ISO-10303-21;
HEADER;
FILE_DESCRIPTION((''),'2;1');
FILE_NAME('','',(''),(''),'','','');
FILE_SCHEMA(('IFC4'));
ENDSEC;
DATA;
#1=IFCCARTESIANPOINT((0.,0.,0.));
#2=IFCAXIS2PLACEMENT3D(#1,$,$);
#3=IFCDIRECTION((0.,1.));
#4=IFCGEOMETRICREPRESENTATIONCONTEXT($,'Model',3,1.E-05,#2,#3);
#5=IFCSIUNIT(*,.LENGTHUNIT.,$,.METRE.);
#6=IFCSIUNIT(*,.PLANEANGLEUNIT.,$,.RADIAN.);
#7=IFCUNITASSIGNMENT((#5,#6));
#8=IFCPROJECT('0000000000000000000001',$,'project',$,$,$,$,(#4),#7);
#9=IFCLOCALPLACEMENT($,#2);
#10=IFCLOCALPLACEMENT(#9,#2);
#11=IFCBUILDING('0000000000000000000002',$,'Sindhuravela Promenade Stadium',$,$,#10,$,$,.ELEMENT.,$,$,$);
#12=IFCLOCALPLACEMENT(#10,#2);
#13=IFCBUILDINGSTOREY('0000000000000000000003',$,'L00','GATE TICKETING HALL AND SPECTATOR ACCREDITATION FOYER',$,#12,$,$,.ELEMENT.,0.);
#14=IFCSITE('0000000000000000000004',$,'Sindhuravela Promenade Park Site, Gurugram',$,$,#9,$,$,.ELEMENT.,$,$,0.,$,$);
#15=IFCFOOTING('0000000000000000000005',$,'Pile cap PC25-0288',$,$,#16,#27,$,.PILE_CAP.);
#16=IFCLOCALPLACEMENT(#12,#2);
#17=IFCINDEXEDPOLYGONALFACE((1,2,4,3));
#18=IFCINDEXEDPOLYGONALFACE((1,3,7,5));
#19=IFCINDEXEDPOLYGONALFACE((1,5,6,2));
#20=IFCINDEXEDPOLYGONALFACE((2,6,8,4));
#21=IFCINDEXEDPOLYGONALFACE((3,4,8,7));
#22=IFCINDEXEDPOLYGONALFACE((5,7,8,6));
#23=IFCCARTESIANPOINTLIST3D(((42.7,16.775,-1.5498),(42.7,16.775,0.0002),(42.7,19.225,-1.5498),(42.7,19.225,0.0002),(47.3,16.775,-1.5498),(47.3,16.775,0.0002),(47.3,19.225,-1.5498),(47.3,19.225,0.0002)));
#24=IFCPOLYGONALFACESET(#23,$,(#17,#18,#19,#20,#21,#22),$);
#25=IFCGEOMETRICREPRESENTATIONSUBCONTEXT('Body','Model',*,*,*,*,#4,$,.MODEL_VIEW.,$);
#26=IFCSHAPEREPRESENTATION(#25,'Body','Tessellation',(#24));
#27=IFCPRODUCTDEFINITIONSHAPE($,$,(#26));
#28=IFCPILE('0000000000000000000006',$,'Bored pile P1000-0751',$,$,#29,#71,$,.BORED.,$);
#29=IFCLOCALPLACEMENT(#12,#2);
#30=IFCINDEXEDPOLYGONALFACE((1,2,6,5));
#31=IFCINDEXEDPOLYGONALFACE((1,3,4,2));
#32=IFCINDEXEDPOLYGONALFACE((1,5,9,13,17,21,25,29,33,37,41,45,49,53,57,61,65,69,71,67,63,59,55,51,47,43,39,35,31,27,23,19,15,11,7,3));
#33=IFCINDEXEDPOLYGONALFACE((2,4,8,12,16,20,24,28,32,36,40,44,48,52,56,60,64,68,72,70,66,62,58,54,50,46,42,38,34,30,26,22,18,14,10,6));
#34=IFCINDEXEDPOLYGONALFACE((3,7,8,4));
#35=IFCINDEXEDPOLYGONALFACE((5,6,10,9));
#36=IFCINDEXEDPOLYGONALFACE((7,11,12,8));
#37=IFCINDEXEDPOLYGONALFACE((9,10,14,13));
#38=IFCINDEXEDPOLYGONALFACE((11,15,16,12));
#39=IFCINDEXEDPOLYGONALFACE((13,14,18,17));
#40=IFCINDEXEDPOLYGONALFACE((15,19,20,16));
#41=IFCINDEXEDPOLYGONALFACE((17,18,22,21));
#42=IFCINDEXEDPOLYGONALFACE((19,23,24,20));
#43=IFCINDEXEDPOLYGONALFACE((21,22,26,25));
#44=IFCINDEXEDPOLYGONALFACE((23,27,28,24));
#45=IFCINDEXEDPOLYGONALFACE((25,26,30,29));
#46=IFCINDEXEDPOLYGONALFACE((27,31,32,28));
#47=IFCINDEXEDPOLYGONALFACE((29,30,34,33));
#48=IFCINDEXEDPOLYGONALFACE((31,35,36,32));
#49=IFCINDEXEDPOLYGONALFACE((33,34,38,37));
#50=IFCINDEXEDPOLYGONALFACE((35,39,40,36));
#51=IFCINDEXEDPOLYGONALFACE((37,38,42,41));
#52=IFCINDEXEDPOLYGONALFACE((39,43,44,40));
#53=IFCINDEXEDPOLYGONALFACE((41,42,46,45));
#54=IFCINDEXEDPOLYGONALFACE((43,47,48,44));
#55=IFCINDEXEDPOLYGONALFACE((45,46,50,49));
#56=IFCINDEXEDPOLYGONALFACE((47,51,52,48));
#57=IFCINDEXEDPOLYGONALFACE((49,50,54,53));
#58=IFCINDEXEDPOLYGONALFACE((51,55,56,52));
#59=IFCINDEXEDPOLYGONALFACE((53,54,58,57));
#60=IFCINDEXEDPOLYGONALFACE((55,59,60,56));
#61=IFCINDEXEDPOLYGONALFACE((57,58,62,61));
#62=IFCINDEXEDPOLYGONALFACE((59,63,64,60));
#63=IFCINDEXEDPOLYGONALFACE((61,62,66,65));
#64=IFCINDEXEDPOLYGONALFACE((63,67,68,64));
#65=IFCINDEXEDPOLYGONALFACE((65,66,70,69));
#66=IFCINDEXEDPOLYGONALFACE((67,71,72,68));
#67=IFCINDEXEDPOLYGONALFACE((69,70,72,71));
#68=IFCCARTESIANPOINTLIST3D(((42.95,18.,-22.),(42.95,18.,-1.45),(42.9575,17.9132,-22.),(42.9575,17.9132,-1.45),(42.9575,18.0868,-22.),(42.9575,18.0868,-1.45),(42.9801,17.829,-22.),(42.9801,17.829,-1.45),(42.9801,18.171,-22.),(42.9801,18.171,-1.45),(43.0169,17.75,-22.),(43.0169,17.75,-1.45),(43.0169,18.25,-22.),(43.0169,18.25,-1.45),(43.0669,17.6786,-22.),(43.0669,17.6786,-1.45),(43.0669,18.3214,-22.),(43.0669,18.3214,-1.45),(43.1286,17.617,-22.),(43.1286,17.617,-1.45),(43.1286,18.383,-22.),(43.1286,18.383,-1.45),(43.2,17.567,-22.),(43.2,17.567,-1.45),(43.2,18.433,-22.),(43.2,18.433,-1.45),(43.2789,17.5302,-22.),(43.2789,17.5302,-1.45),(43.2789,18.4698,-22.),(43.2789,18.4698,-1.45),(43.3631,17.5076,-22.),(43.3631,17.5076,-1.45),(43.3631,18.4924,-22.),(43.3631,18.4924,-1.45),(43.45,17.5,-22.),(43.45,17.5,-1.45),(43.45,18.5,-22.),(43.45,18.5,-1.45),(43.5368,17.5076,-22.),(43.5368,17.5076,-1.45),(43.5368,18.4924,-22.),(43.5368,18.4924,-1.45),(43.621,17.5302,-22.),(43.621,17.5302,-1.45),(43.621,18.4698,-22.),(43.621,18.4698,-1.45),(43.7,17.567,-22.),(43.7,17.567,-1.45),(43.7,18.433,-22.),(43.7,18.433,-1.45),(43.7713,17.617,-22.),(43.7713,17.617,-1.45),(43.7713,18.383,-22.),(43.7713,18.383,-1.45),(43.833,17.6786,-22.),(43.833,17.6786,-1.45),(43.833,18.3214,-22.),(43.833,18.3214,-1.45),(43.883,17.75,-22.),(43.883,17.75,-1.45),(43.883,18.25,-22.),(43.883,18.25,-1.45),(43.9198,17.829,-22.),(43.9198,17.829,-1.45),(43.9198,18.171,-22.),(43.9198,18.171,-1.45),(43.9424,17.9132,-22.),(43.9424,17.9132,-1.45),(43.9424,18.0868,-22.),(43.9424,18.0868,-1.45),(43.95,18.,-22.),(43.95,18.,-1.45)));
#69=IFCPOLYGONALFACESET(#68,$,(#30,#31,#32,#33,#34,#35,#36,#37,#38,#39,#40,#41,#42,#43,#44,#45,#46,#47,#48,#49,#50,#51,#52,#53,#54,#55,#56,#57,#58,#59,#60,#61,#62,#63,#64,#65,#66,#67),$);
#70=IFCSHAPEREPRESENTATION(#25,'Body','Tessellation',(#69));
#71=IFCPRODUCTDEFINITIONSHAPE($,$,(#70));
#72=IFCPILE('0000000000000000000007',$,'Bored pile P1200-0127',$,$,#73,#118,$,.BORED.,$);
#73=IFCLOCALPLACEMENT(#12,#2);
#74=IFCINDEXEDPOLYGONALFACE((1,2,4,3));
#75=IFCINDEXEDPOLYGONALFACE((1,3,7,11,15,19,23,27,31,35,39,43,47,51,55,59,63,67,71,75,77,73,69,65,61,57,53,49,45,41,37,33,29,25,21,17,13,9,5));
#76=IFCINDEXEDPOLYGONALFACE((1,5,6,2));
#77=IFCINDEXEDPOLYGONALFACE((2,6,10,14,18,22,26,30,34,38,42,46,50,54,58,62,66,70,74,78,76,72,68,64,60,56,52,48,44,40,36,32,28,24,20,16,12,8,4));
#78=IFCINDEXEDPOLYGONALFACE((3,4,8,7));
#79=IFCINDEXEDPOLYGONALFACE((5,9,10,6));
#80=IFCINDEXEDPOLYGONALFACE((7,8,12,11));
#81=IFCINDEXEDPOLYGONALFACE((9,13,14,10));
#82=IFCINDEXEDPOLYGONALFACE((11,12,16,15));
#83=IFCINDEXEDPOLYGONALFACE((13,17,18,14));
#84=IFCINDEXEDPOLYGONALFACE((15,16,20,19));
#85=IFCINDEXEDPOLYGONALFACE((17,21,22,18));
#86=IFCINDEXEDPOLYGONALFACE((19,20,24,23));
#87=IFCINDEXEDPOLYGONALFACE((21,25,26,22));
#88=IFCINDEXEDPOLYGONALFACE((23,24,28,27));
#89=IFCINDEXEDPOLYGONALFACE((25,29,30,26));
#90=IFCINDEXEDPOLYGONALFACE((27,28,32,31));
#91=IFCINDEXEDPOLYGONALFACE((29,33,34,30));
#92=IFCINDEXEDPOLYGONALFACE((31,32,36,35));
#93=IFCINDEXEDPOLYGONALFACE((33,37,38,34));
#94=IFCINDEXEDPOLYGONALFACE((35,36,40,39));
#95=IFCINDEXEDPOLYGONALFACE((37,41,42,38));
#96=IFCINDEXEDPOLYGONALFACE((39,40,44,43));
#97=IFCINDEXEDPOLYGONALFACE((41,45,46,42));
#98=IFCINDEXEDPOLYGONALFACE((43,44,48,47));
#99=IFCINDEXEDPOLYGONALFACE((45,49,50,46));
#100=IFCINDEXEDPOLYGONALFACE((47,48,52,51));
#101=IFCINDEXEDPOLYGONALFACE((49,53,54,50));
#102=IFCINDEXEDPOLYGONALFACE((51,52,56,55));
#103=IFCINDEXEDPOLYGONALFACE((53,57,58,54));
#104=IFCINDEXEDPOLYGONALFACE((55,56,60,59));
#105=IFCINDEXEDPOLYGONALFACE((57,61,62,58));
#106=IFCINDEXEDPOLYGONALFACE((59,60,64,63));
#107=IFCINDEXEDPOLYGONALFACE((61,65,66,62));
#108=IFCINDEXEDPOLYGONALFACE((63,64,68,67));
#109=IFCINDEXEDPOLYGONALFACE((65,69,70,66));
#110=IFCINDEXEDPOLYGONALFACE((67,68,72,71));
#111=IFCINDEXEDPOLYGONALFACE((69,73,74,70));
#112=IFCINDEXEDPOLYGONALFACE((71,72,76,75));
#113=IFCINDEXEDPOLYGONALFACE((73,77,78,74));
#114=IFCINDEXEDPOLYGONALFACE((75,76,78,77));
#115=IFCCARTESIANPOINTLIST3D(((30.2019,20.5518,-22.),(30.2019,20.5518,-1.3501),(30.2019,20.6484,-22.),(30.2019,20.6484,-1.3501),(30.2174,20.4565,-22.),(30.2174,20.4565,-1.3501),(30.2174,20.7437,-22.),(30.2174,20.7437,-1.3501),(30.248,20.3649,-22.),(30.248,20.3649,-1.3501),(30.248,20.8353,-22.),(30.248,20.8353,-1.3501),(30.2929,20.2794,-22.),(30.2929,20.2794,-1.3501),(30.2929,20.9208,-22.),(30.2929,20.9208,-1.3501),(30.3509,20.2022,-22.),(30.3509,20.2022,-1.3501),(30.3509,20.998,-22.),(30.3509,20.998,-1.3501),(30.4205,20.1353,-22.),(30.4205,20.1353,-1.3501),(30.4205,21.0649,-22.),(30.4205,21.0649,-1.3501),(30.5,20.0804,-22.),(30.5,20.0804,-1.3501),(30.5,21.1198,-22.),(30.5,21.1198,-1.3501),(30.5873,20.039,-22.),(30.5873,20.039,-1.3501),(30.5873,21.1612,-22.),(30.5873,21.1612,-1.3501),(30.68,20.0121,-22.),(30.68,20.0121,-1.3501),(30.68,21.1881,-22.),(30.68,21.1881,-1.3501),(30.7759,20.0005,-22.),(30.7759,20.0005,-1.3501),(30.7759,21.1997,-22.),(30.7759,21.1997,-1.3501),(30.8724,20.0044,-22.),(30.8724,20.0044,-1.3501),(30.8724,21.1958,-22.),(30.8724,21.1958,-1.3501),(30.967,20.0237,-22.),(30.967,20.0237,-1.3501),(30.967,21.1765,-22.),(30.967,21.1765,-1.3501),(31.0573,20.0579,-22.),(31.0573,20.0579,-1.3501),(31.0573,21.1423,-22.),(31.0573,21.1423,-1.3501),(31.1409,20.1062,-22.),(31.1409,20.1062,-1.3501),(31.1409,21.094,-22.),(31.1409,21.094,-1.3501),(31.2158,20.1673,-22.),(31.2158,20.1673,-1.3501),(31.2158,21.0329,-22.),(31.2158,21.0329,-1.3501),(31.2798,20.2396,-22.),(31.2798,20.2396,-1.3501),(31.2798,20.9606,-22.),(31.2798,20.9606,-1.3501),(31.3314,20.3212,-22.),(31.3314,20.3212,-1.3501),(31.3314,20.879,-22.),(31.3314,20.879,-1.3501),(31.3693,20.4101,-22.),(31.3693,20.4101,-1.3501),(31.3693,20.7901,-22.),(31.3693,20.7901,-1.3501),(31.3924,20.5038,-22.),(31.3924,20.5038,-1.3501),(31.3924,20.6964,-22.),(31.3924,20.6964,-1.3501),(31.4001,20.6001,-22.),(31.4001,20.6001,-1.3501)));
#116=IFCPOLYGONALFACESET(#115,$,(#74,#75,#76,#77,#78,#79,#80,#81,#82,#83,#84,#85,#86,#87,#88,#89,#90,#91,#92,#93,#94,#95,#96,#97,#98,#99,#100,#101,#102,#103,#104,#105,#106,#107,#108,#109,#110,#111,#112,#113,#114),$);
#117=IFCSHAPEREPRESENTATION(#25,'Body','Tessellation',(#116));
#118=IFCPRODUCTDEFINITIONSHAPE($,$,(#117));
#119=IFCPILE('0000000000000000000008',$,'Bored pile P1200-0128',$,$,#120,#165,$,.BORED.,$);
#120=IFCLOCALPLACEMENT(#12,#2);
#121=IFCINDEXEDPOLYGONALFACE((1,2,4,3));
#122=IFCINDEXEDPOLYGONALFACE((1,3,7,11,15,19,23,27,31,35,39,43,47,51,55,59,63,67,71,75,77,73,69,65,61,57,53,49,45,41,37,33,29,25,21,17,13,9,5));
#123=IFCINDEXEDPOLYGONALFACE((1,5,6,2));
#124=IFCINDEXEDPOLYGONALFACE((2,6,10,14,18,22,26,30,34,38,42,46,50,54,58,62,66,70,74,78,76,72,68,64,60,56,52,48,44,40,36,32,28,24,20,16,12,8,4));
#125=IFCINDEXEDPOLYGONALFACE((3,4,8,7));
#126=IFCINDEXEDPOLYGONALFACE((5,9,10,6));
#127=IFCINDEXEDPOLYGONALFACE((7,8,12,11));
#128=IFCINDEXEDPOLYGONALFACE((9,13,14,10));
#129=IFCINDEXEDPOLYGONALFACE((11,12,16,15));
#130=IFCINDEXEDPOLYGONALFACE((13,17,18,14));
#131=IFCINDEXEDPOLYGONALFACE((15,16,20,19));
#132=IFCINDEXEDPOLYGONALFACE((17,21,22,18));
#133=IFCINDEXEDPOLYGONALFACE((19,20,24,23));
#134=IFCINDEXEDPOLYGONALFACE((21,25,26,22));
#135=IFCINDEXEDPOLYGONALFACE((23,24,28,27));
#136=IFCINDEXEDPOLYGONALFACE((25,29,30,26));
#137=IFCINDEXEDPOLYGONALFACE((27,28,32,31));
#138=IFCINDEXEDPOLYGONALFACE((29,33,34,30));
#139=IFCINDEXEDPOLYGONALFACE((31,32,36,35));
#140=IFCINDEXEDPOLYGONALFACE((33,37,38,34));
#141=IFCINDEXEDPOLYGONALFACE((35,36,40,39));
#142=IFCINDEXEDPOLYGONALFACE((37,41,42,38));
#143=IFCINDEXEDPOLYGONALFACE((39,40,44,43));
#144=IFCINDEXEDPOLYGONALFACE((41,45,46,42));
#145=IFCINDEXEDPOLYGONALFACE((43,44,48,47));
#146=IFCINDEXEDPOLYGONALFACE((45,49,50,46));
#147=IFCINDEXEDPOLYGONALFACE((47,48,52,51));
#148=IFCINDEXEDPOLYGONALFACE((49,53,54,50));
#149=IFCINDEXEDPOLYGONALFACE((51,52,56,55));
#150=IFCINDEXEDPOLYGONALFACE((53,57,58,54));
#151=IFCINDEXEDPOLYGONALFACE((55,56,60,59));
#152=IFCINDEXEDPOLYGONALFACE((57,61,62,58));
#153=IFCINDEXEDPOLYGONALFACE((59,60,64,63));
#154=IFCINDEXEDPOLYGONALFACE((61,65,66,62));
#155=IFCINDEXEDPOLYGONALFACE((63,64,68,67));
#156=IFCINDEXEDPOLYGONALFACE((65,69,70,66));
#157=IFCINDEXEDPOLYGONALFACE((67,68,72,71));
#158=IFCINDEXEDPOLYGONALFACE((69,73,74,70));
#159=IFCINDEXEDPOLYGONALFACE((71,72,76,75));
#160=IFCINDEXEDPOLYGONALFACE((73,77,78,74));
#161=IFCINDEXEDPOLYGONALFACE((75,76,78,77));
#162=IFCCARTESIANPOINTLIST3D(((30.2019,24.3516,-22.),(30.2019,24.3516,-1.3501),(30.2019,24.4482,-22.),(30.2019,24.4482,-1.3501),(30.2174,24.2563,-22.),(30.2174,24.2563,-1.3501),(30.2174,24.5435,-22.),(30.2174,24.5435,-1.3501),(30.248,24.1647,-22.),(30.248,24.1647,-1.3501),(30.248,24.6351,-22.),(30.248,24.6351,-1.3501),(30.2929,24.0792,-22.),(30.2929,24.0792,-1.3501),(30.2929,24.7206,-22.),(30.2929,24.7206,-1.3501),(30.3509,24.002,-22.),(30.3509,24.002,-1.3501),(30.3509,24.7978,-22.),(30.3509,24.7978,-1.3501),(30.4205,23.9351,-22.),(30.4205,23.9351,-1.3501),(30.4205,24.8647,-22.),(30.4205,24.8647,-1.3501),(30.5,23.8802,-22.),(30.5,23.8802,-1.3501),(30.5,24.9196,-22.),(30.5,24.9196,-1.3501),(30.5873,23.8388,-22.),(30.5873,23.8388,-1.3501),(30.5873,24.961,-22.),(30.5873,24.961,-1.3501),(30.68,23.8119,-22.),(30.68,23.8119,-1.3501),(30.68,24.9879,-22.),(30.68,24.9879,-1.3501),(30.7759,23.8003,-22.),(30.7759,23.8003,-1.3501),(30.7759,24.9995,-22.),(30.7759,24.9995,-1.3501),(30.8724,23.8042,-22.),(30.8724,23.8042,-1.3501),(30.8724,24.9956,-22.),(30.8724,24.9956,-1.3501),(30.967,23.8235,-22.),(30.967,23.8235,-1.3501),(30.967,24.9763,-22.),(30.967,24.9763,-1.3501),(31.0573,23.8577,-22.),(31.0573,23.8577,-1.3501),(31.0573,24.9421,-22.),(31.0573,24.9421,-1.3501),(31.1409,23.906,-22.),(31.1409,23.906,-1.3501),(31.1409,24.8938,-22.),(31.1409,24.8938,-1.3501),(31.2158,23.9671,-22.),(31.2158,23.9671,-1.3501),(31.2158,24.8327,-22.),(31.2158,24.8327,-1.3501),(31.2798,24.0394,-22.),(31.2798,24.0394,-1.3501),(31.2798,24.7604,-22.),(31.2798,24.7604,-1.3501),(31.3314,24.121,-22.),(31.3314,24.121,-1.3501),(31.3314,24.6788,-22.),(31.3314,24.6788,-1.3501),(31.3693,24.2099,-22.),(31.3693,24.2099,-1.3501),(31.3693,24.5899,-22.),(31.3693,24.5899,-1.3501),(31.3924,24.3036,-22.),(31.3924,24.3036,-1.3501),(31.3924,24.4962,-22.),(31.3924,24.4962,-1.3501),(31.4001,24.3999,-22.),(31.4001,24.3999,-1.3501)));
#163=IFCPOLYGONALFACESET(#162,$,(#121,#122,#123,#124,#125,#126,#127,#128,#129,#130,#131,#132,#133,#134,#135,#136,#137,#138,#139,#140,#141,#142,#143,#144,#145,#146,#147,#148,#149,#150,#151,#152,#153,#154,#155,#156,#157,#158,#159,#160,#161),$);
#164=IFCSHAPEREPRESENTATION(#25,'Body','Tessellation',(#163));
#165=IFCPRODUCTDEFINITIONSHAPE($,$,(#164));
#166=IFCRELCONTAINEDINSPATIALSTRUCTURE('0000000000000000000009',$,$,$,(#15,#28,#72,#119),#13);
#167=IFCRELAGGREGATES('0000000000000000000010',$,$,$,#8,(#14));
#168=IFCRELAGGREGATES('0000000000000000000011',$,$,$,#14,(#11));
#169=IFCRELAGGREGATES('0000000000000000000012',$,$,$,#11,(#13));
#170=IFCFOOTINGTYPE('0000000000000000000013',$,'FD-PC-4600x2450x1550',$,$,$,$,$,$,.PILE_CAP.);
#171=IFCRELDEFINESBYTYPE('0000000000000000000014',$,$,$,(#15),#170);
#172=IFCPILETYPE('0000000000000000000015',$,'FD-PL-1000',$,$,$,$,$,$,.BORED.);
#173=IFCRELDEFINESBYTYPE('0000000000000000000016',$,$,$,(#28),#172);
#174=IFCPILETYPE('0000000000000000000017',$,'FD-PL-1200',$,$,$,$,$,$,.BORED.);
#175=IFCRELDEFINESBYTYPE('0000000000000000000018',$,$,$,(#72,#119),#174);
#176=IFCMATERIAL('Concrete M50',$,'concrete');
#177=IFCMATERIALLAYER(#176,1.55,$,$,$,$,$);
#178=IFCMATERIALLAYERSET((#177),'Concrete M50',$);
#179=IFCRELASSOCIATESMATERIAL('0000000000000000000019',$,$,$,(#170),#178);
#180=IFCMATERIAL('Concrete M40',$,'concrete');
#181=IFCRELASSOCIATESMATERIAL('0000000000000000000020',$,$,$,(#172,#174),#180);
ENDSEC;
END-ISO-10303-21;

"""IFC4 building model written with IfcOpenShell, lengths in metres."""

from ifc_helpers import new_model, si_unit, direction, frame, origin, origin_2d, place, context, subcontext, project, spatial, rectangle, circle, extrude, material, layer, layer_set, material_profile, profile_set, type_object, element, save


model = new_model("IFC4")

# Units and contexts
model_context = context("Model", 3, precision=1e-05, world=origin(), true_north=direction((0.0, 1.0)))
body_context = subcontext(model_context, "Body", "Model", "MODEL_VIEW")
ifc_project = project(units=[si_unit("LENGTHUNIT", "METRE"), si_unit("PLANEANGLEUNIT", "RADIAN")], contexts=[model_context])

# Site, building, storey
site_placement = place(None, origin())
site = spatial("IfcSite", under=ifc_project, at=site_placement, Name="Sindhuravela Promenade Park Site, Gurugram", CompositionType="ELEMENT", RefElevation=0.0)
building_placement = place(site_placement, origin())
building = spatial("IfcBuilding", under=site, at=building_placement, Name="Sindhuravela Promenade Stadium", CompositionType="ELEMENT")
storey_placement = place(building_placement, origin())
storey = spatial("IfcBuildingStorey", under=building, at=storey_placement, Name="L00", Description="GATE TICKETING HALL AND SPECTATOR ACCREDITATION FOYER", CompositionType="ELEMENT", Elevation=0.0)

# Footing
ifc_material_1 = material(Name="Concrete M50", Category="concrete")
ifc_layer_1 = layer(ifc_material_1, 1.55)
ifc_layer_set_1 = layer_set([ifc_layer_1], Name="Concrete M50")
footing_type = type_object("IfcFootingType", Name="FD-PC-4600x2450x1550", PredefinedType="PILE_CAP", material=ifc_layer_set_1)
footing_placement = place(storey_placement, frame((45.0, 18.0, -1.5498), z_axis=(0.0, 0.0, 1.0), x_axis=(1.0, 0.0, 0.0)))
element("IfcFooting", 1, at=footing_placement, inside=storey, type_object=footing_type, Name="Pile cap PC25-0288", PredefinedType="PILE_CAP", context=body_context, shape_type="SweptSolid", body=[
    extrude(rectangle(XDim=4.6001, YDim=2.45, at=origin_2d()), origin(), (0.0, 0.0, 1.0), 1.55),
])

# Piles
ifc_material_2 = material(Name="Concrete M40", Category="concrete")
ifc_material_profile_1 = material_profile(ifc_material_2, circle(Radius=0.5, at=origin_2d()), Name="BORED PILE D1000")
ifc_profile_set_1 = profile_set([ifc_material_profile_1], Name="Concrete M40")
pile_type_1 = type_object("IfcPileType", Name="FD-PL-1000", PredefinedType="BORED", material=ifc_profile_set_1)
pile_placement = place(storey_placement, frame((43.45, 18.0, -1.45), z_axis=(0.0, 0.0, -1.0), x_axis=(1.0, 0.0, 0.0)))
element("IfcPile", 2, at=pile_placement, inside=storey, type_object=pile_type_1, Name="Bored pile P1000-0751", PredefinedType="BORED", context=body_context, shape_type="SweptSolid", body=[
    extrude(circle(Radius=0.5, at=origin_2d()), origin(), (0.0, 0.0, 1.0), 20.55),
])
ifc_material_profile_2 = material_profile(ifc_material_2, circle(Radius=0.6001, at=origin_2d()), Name="BORED PILE D1200")
ifc_profile_set_2 = profile_set([ifc_material_profile_2], Name="Concrete M40")
pile_type_2 = type_object("IfcPileType", Name="FD-PL-1200", PredefinedType="BORED", material=ifc_profile_set_2)
for number, where, z_axis, x_axis, name in (
    (3, (30.8, 20.6001, -1.3501), (0.0, 0.0, -1.0), (1.0, 0.0, 0.0), "Bored pile P1200-0127"),
    (4, (30.8, 24.3999, -1.3501), (0.0, 0.0, -1.0), (1.0, 0.0, 0.0), "Bored pile P1200-0128"),
):
    element("IfcPile", number, at=place(storey_placement, frame(where, z_axis=z_axis, x_axis=x_axis)), inside=storey, type_object=pile_type_2, Name=name, PredefinedType="BORED", context=body_context, shape_type="SweptSolid", body=[
        extrude(circle(Radius=0.6001, at=origin_2d()), origin(), (0.0, 0.0, 1.0), 20.6499),
    ])

save(model, "model.ifc")
